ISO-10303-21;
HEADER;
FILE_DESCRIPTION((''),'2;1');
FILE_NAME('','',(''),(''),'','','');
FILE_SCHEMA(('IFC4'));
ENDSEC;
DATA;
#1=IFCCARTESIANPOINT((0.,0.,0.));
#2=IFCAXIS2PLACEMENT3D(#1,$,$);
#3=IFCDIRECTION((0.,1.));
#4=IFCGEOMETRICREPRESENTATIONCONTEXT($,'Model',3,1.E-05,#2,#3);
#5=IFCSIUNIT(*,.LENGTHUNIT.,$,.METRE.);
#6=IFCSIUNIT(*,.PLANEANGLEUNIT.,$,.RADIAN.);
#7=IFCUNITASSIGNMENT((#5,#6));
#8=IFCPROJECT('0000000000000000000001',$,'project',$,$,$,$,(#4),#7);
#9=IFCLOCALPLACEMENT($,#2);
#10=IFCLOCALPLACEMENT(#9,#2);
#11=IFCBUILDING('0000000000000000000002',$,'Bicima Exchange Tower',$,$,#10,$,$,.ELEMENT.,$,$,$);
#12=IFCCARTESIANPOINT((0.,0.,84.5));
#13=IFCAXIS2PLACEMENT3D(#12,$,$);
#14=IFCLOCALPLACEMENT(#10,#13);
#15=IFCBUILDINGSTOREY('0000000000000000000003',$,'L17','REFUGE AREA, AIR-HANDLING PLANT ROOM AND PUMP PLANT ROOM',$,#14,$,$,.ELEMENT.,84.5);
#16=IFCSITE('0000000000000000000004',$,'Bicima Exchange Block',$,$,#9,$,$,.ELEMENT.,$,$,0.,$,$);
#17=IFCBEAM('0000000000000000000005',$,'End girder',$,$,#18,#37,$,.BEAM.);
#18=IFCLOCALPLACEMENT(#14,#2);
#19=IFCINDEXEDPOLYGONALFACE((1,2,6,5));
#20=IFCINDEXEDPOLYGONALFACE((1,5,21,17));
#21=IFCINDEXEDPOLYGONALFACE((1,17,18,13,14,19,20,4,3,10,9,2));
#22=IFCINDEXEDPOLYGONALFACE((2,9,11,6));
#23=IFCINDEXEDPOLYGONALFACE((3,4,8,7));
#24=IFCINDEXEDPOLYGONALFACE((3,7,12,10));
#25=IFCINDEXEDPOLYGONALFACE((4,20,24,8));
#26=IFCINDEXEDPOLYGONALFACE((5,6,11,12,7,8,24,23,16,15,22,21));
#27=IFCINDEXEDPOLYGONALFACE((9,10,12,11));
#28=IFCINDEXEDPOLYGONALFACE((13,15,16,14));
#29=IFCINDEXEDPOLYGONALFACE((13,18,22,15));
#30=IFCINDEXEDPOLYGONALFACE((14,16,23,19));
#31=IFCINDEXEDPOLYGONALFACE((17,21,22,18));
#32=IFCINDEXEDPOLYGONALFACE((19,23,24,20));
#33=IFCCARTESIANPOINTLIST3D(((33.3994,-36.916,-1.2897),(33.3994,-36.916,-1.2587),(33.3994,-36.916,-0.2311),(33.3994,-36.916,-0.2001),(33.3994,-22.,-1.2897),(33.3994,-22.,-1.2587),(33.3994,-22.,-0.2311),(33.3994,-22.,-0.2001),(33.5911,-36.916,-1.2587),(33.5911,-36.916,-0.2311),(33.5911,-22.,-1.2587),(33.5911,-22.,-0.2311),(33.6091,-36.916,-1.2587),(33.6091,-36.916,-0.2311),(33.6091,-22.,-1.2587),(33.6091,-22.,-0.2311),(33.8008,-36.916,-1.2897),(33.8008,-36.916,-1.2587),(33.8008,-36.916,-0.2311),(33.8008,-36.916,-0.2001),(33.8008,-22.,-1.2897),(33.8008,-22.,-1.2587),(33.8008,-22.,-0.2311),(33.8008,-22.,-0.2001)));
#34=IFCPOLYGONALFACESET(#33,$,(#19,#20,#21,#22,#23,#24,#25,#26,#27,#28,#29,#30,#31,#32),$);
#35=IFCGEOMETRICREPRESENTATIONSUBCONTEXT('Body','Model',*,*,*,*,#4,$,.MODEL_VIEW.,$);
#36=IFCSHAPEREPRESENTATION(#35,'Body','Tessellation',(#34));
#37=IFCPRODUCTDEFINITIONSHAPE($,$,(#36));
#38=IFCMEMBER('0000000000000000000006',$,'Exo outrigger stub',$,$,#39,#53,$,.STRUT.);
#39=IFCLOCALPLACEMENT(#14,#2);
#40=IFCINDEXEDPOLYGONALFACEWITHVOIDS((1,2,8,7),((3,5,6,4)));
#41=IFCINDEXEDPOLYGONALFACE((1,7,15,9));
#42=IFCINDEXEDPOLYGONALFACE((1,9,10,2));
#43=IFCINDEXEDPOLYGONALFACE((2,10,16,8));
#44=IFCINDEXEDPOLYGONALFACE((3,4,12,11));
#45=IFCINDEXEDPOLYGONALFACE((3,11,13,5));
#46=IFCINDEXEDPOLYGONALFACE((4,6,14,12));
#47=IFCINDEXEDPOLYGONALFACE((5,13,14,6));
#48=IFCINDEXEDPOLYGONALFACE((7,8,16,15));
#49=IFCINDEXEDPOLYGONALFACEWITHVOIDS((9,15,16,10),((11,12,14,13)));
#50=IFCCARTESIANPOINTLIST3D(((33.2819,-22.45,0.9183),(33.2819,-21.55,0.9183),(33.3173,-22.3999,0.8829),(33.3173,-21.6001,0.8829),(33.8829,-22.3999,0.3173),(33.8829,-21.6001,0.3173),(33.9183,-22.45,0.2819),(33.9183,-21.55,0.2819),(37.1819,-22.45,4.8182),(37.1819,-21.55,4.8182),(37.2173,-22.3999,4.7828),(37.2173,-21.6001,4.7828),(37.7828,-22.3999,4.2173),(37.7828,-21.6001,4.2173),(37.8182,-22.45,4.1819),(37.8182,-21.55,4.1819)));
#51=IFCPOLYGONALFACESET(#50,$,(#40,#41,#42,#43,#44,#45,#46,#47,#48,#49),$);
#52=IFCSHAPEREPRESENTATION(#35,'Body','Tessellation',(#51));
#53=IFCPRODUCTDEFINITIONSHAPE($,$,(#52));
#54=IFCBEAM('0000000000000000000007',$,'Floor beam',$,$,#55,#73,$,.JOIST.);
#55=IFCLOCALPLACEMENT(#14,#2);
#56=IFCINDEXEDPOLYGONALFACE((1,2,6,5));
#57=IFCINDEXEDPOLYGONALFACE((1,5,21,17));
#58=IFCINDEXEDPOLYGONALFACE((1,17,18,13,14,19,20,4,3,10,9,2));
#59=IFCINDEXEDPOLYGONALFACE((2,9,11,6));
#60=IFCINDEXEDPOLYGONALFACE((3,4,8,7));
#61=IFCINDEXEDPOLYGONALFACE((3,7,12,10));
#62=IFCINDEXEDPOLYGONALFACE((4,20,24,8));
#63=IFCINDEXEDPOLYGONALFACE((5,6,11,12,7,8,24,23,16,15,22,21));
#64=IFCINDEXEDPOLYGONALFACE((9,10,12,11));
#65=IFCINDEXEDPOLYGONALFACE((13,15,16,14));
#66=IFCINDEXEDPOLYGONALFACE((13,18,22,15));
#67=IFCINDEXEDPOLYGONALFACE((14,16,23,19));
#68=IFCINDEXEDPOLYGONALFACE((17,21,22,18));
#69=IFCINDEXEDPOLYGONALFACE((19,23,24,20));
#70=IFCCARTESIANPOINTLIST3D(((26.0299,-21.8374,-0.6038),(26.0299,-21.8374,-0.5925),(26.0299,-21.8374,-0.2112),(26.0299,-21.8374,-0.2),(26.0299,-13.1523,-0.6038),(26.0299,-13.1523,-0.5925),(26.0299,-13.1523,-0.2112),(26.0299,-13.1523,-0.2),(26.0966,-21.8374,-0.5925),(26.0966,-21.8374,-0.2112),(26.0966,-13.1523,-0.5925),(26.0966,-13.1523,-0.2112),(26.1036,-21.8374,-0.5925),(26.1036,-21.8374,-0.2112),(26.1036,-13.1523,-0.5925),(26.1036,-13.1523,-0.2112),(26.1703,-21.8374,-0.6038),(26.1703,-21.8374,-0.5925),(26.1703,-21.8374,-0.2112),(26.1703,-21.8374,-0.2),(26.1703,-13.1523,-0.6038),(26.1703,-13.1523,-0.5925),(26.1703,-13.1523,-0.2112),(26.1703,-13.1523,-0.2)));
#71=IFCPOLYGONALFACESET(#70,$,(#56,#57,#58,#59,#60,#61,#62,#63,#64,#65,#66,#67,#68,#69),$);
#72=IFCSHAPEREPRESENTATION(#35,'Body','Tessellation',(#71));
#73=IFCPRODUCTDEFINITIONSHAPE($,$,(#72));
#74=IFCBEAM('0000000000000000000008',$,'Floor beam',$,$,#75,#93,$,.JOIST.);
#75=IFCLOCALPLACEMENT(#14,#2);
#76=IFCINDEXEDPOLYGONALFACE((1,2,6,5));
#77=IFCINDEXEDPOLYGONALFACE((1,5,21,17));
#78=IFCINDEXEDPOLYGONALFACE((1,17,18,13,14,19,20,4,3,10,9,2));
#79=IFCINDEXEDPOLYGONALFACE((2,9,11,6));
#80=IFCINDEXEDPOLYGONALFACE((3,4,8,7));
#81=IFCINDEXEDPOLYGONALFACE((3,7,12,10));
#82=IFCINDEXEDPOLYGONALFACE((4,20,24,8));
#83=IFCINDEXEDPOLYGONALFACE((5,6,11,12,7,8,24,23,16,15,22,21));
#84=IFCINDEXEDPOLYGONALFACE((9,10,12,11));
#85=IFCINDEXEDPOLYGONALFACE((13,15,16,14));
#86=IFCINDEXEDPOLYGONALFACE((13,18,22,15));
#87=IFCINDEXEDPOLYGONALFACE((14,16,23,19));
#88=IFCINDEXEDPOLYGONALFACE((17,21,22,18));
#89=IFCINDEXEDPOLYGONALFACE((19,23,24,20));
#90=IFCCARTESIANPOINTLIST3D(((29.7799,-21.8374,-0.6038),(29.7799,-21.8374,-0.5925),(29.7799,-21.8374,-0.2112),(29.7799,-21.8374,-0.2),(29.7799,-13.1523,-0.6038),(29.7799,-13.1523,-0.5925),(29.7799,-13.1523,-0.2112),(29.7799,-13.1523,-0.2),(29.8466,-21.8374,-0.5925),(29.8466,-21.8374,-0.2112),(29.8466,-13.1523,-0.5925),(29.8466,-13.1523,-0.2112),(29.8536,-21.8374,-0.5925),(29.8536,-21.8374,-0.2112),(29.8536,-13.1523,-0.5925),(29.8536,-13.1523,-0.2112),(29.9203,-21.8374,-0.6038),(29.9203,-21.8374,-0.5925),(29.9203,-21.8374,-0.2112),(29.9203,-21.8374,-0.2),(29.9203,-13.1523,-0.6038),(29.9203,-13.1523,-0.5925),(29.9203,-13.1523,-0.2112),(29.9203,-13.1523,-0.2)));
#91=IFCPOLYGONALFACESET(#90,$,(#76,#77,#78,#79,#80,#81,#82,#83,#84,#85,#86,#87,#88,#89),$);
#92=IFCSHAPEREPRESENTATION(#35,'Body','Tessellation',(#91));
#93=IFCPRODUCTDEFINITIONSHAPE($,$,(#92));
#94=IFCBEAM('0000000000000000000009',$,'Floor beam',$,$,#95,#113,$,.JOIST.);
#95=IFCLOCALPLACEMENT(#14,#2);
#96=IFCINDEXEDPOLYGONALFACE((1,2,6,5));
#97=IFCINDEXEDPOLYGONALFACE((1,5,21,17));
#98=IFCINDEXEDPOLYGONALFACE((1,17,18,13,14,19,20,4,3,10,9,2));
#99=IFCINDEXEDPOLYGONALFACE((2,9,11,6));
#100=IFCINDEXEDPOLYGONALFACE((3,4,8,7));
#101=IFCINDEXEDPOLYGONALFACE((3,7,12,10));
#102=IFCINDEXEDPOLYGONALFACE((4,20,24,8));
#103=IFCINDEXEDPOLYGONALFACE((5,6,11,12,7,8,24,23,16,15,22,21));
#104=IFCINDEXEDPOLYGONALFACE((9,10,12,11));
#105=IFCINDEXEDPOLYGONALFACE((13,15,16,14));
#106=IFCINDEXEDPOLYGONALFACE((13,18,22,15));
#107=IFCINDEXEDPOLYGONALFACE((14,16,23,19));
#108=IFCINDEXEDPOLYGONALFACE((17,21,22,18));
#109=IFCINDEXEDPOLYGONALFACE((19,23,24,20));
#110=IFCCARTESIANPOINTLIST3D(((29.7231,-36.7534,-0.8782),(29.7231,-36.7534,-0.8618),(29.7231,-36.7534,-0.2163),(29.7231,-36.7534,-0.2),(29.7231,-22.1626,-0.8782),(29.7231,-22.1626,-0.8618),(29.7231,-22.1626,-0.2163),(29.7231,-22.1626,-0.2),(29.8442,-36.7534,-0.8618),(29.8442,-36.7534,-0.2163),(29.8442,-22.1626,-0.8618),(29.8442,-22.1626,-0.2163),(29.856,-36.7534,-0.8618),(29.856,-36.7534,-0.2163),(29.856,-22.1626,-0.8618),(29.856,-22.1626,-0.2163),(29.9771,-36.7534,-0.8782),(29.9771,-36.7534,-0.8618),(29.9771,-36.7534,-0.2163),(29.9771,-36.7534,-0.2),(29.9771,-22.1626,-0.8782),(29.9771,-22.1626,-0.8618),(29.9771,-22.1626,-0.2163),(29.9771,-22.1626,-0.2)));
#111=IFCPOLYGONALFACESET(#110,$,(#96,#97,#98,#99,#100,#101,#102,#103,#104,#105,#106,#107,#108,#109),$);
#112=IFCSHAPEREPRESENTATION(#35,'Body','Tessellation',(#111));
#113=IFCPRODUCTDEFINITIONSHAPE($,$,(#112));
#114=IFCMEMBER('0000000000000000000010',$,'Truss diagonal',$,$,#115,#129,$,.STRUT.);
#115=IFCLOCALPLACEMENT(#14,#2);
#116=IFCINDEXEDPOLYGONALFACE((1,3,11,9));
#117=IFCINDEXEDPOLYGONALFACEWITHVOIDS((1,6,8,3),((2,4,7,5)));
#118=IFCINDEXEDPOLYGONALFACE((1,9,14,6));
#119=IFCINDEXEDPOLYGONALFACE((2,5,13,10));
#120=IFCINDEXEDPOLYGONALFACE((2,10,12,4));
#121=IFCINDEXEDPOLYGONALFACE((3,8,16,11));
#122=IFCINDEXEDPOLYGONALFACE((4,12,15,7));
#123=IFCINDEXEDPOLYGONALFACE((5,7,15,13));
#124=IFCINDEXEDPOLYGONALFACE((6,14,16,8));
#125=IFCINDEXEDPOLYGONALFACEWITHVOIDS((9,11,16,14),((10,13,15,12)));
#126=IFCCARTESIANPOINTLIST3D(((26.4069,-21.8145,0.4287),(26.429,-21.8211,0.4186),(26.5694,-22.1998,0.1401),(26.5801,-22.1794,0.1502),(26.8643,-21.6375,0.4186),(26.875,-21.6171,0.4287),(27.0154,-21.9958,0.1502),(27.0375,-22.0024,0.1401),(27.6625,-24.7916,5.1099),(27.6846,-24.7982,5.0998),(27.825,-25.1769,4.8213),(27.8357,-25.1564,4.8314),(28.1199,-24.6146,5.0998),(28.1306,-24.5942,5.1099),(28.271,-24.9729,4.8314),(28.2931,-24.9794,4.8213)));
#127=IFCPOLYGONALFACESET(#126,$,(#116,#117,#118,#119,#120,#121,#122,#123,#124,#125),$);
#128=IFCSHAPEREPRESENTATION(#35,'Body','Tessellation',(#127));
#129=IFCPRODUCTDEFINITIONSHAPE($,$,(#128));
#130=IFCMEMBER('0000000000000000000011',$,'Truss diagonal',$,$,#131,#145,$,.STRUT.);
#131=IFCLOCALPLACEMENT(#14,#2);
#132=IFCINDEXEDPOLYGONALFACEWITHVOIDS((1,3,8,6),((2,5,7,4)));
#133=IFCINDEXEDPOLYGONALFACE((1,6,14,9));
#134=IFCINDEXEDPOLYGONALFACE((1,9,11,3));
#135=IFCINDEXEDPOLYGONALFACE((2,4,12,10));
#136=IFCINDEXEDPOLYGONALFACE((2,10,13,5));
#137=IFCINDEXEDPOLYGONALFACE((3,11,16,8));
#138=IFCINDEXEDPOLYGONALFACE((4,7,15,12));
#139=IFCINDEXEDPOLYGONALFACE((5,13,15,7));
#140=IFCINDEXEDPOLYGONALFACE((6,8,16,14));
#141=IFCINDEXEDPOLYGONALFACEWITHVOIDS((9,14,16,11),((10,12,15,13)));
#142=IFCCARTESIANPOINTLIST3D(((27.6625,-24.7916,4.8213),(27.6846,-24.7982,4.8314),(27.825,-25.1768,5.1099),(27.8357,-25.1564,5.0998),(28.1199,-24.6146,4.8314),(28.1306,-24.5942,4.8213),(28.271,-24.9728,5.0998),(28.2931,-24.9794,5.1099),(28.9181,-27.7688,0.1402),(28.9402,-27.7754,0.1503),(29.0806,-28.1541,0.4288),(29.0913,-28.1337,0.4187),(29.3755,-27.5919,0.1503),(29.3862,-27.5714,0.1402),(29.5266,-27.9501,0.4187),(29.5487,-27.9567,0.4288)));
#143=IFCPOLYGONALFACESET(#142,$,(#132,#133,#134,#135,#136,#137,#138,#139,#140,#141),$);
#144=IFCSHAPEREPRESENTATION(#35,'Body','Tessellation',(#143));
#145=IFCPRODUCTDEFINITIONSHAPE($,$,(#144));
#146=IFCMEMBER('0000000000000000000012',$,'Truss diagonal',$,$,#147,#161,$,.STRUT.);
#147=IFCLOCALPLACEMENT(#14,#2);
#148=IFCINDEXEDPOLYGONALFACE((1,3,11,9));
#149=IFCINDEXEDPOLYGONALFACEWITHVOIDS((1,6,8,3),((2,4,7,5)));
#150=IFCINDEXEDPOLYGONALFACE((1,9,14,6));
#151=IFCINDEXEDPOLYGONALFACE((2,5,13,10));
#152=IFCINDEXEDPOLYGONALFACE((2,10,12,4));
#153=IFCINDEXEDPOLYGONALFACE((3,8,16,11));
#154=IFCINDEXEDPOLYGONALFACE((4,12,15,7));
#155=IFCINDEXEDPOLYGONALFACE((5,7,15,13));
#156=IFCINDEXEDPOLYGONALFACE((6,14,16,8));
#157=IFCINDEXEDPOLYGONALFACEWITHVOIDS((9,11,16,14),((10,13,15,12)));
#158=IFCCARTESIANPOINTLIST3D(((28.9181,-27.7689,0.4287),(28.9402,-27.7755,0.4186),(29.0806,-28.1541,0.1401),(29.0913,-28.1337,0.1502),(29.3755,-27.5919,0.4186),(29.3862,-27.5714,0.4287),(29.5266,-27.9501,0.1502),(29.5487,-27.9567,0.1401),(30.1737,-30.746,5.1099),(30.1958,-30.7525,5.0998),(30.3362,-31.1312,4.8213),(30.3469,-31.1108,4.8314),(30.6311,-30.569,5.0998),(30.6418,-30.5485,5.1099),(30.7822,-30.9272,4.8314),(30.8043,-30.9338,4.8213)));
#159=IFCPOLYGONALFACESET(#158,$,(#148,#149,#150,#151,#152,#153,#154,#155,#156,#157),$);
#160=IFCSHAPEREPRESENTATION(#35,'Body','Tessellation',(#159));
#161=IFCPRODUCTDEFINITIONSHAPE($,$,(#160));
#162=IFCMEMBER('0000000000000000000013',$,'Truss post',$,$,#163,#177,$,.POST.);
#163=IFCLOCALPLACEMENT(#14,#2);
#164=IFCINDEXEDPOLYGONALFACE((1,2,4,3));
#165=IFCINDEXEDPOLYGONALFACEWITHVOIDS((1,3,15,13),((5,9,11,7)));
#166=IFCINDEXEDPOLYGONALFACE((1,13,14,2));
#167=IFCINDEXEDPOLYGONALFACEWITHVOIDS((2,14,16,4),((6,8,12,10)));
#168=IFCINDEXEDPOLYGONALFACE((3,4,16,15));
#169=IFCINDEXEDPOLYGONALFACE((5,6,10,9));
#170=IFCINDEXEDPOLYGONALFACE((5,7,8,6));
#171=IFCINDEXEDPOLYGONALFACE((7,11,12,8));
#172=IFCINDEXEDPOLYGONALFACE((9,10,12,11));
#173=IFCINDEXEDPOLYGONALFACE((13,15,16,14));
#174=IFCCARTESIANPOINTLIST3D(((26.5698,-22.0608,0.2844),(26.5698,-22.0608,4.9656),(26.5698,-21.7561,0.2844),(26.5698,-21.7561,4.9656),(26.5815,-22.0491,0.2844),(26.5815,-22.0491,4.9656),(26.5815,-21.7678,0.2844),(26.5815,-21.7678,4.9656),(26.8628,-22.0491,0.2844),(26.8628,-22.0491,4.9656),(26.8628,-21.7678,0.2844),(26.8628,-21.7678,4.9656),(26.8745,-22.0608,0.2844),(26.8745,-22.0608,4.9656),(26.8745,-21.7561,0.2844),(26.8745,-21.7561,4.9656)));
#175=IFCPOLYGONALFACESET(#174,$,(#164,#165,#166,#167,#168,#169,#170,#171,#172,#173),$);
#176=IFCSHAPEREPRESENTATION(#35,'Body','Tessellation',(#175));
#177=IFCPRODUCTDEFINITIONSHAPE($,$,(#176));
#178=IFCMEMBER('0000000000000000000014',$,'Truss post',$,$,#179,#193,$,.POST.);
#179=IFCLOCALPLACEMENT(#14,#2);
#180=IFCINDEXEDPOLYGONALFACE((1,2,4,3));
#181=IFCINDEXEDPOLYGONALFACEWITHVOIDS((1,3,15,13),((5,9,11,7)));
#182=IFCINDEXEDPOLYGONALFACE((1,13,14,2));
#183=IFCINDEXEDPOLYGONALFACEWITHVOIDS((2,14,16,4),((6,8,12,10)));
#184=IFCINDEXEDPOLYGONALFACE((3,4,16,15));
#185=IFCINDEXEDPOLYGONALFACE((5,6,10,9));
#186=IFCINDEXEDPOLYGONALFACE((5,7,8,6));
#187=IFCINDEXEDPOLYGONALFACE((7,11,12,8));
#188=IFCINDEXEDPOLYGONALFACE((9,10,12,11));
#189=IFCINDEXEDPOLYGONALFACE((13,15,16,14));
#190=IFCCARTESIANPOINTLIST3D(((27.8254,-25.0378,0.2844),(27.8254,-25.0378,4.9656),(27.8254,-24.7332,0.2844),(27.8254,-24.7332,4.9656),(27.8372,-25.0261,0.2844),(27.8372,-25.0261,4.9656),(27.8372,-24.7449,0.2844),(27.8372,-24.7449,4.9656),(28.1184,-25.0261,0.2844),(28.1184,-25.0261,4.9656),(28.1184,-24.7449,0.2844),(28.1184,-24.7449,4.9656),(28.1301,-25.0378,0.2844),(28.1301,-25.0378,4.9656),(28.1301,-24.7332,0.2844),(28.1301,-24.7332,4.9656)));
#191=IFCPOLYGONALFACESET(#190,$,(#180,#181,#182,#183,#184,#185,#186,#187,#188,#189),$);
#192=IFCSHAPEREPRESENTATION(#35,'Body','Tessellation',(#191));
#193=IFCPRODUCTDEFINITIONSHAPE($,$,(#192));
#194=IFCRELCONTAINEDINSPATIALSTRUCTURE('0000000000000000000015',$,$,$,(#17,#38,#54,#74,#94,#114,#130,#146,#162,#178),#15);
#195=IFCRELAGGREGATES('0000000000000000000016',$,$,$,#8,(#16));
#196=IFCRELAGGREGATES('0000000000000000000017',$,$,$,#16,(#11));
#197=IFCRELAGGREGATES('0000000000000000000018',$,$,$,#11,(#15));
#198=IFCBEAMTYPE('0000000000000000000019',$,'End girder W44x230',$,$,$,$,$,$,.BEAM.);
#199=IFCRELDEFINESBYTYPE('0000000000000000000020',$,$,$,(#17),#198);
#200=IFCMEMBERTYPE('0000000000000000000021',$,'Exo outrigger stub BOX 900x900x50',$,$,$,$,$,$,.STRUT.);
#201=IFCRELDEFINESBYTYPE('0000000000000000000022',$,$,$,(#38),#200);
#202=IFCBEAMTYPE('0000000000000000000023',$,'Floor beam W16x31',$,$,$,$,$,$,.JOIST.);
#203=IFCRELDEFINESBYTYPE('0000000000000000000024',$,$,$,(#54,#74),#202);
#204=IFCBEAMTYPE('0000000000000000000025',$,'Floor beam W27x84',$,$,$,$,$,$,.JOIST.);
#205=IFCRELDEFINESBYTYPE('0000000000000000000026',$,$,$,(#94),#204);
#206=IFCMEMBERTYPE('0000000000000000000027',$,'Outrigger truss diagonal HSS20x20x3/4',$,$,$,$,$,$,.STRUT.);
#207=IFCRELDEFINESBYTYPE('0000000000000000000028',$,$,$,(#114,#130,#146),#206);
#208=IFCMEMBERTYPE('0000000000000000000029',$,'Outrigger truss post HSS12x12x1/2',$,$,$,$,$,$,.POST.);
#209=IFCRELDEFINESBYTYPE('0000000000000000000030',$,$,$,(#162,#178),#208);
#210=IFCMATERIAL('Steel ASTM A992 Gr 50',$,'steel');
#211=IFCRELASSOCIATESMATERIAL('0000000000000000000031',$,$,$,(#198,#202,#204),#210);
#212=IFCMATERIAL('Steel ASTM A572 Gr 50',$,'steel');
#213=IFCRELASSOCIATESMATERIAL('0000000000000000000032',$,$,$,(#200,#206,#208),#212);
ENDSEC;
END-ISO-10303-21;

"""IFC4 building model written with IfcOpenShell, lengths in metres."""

from ifc_helpers import new_model, si_unit, direction, frame, origin, origin_2d, place, context, subcontext, project, spatial, hollow_rectangle, i_section, extrude, material, material_profile, profile_set, type_object, element, save


model = new_model("IFC4")

# Units and contexts
model_context = context("Model", 3, precision=1e-05, world=origin(), true_north=direction((0.0, 1.0)))
body_context = subcontext(model_context, "Body", "Model", "MODEL_VIEW")
ifc_project = project(units=[si_unit("LENGTHUNIT", "METRE"), si_unit("PLANEANGLEUNIT", "RADIAN")], contexts=[model_context])

# Site, building, storey
site_placement = place(None, origin())
site = spatial("IfcSite", under=ifc_project, at=site_placement, Name="Bicima Exchange Block", CompositionType="ELEMENT", RefElevation=0.0)
building_placement = place(site_placement, origin())
building = spatial("IfcBuilding", under=site, at=building_placement, Name="Bicima Exchange Tower", CompositionType="ELEMENT")
storey_placement = place(building_placement, frame((0.0, 0.0, 84.5)))
storey = spatial("IfcBuildingStorey", under=building, at=storey_placement, Name="L17", Description="REFUGE AREA, AIR-HANDLING PLANT ROOM AND PUMP PLANT ROOM", CompositionType="ELEMENT", Elevation=84.5)

# Shared definitions
ifc_material_1 = material(Name="Steel ASTM A992 Gr 50", Category="steel")

# Shared definitions
ifc_material_2 = material(Name="Steel ASTM A572 Gr 50", Category="steel")

# Beam
ifc_material_profile_1 = material_profile(ifc_material_1, i_section(OverallWidth=0.4014, OverallDepth=1.0896, WebThickness=0.0181, FlangeThickness=0.031, at=origin_2d()))
ifc_profile_set_1 = profile_set([ifc_material_profile_1], Name="Steel ASTM A992 Gr 50")
beam_type_1 = type_object("IfcBeamType", Name="End girder W44x230", PredefinedType="BEAM", material=ifc_profile_set_1)
beam_1_placement = place(storey_placement, frame((33.6001, -22.0, -0.7449), z_axis=(0.0, -1.0, 0.0), x_axis=(1.0, 0.0, 0.0)))
element("IfcBeam", 1, at=beam_1_placement, inside=storey, type_object=beam_type_1, Name="End girder", PredefinedType="BEAM", context=body_context, shape_type="SweptSolid", body=[
    extrude(i_section(OverallWidth=0.4014, OverallDepth=1.0896, WebThickness=0.0181, FlangeThickness=0.031, at=origin_2d()), origin(), (0.0, 0.0, 1.0), 14.916),
])

# Member
ifc_material_profile_2 = material_profile(ifc_material_2, hollow_rectangle(XDim=0.8999, YDim=0.8999, WallThickness=0.05, at=origin_2d()))
ifc_profile_set_2 = profile_set([ifc_material_profile_2], Name="Steel ASTM A572 Gr 50")
member_type_1 = type_object("IfcMemberType", Name="Exo outrigger stub BOX 900x900x50", PredefinedType="STRUT", material=ifc_profile_set_2)
member_1_placement = place(storey_placement, frame((33.6001, -22.0, 0.6001), z_axis=(0.707107, 0.0, 0.707107), x_axis=(0.0, 1.0, 0.0)))
element("IfcMember", 2, at=member_1_placement, inside=storey, type_object=member_type_1, Name="Exo outrigger stub", PredefinedType="STRUT", context=body_context, shape_type="SweptSolid", body=[
    extrude(hollow_rectangle(XDim=0.8999, YDim=0.8999, WallThickness=0.05, at=origin_2d()), origin(), (0.0, 0.0, 1.0), 5.5154),
])

# Beams
ifc_material_profile_3 = material_profile(ifc_material_1, i_section(OverallWidth=0.1404, OverallDepth=0.4038, WebThickness=0.0071, FlangeThickness=0.0112, at=origin_2d()))
ifc_profile_set_3 = profile_set([ifc_material_profile_3], Name="Steel ASTM A992 Gr 50")
beam_type_2 = type_object("IfcBeamType", Name="Floor beam W16x31", PredefinedType="JOIST", material=ifc_profile_set_3)
for number, where, z_axis, x_axis, name in (
    (3, (26.1001, -13.1523, -0.4019), (0.0, -1.0, 0.0), (1.0, 0.0, 0.0), "Floor beam"),
    (4, (29.8501, -13.1523, -0.4019), (0.0, -1.0, 0.0), (1.0, 0.0, 0.0), "Floor beam"),
):
    element("IfcBeam", number, at=place(storey_placement, frame(where, z_axis=z_axis, x_axis=x_axis)), inside=storey, type_object=beam_type_2, Name=name, PredefinedType="JOIST", context=body_context, shape_type="SweptSolid", body=[
        extrude(i_section(OverallWidth=0.1404, OverallDepth=0.4038, WebThickness=0.0071, FlangeThickness=0.0112, at=origin_2d()), origin(), (0.0, 0.0, 1.0), 8.6851),
    ])
ifc_material_profile_4 = material_profile(ifc_material_1, i_section(OverallWidth=0.2539, OverallDepth=0.6782, WebThickness=0.0117, FlangeThickness=0.0164, at=origin_2d()))
ifc_profile_set_4 = profile_set([ifc_material_profile_4], Name="Steel ASTM A992 Gr 50")
beam_type_3 = type_object("IfcBeamType", Name="Floor beam W27x84", PredefinedType="JOIST", material=ifc_profile_set_4)
beam_2_placement = place(storey_placement, frame((29.8501, -22.1626, -0.5391), z_axis=(0.0, -1.0, 0.0), x_axis=(1.0, 0.0, 0.0)))
element("IfcBeam", 5, at=beam_2_placement, inside=storey, type_object=beam_type_3, Name="Floor beam", PredefinedType="JOIST", context=body_context, shape_type="SweptSolid", body=[
    extrude(i_section(OverallWidth=0.2539, OverallDepth=0.6782, WebThickness=0.0117, FlangeThickness=0.0164, at=origin_2d()), origin(), (0.0, 0.0, 1.0), 14.5908),
])

# Members
ifc_material_profile_5 = material_profile(ifc_material_2, hollow_rectangle(XDim=0.5081, YDim=0.5081, WallThickness=0.0178, at=origin_2d()))
ifc_profile_set_5 = profile_set([ifc_material_profile_5], Name="Steel ASTM A572 Gr 50")
member_type_2 = type_object("IfcMemberType", Name="Outrigger truss diagonal HSS20x20x3/4", PredefinedType="STRUT", material=ifc_profile_set_5)
for number, where, z_axis, x_axis, name in (
    (6, (26.7222, -21.9084, 0.2844), (0.220751, -0.523398, 0.822997), (0.921401, 0.388614, 0.0), "Truss diagonal"),
    (7, (27.9778, -24.8855, 4.9656), (0.220746, -0.523429, -0.822979), (0.921412, 0.388587, 0.0), "Truss diagonal"),
    (8, (29.2334, -27.8628, 0.2844), (0.220751, -0.523398, 0.822997), (0.921401, 0.388614, 0.0), "Truss diagonal"),
):
    element("IfcMember", number, at=place(storey_placement, frame(where, z_axis=z_axis, x_axis=x_axis)), inside=storey, type_object=member_type_2, Name=name, PredefinedType="STRUT", context=body_context, shape_type="SweptSolid", body=[
        extrude(hollow_rectangle(XDim=0.5081, YDim=0.5081, WallThickness=0.0178, at=origin_2d()), origin(), (0.0, 0.0, 1.0), 5.688),
    ])
ifc_material_profile_6 = material_profile(ifc_material_2, hollow_rectangle(XDim=0.3047, YDim=0.3047, WallThickness=0.0117, at=origin_2d()))
ifc_profile_set_6 = profile_set([ifc_material_profile_6], Name="Steel ASTM A572 Gr 50")
member_type_3 = type_object("IfcMemberType", Name="Outrigger truss post HSS12x12x1/2", PredefinedType="POST", material=ifc_profile_set_6)
for number, where, z_axis, x_axis, name in (
    (9, (26.7222, -21.9084, 0.2844), (0.0, 0.0, 1.0), (1.0, 0.0, 0.0), "Truss post"),
    (10, (27.9778, -24.8855, 0.2844), (0.0, 0.0, 1.0), (1.0, 0.0, 0.0), "Truss post"),
):
    element("IfcMember", number, at=place(storey_placement, frame(where, z_axis=z_axis, x_axis=x_axis)), inside=storey, type_object=member_type_3, Name=name, PredefinedType="POST", context=body_context, shape_type="SweptSolid", body=[
        extrude(hollow_rectangle(XDim=0.3047, YDim=0.3047, WallThickness=0.0117, at=origin_2d()), origin(), (0.0, 0.0, 1.0), 4.6812),
    ])

save(model, "model.ifc")
